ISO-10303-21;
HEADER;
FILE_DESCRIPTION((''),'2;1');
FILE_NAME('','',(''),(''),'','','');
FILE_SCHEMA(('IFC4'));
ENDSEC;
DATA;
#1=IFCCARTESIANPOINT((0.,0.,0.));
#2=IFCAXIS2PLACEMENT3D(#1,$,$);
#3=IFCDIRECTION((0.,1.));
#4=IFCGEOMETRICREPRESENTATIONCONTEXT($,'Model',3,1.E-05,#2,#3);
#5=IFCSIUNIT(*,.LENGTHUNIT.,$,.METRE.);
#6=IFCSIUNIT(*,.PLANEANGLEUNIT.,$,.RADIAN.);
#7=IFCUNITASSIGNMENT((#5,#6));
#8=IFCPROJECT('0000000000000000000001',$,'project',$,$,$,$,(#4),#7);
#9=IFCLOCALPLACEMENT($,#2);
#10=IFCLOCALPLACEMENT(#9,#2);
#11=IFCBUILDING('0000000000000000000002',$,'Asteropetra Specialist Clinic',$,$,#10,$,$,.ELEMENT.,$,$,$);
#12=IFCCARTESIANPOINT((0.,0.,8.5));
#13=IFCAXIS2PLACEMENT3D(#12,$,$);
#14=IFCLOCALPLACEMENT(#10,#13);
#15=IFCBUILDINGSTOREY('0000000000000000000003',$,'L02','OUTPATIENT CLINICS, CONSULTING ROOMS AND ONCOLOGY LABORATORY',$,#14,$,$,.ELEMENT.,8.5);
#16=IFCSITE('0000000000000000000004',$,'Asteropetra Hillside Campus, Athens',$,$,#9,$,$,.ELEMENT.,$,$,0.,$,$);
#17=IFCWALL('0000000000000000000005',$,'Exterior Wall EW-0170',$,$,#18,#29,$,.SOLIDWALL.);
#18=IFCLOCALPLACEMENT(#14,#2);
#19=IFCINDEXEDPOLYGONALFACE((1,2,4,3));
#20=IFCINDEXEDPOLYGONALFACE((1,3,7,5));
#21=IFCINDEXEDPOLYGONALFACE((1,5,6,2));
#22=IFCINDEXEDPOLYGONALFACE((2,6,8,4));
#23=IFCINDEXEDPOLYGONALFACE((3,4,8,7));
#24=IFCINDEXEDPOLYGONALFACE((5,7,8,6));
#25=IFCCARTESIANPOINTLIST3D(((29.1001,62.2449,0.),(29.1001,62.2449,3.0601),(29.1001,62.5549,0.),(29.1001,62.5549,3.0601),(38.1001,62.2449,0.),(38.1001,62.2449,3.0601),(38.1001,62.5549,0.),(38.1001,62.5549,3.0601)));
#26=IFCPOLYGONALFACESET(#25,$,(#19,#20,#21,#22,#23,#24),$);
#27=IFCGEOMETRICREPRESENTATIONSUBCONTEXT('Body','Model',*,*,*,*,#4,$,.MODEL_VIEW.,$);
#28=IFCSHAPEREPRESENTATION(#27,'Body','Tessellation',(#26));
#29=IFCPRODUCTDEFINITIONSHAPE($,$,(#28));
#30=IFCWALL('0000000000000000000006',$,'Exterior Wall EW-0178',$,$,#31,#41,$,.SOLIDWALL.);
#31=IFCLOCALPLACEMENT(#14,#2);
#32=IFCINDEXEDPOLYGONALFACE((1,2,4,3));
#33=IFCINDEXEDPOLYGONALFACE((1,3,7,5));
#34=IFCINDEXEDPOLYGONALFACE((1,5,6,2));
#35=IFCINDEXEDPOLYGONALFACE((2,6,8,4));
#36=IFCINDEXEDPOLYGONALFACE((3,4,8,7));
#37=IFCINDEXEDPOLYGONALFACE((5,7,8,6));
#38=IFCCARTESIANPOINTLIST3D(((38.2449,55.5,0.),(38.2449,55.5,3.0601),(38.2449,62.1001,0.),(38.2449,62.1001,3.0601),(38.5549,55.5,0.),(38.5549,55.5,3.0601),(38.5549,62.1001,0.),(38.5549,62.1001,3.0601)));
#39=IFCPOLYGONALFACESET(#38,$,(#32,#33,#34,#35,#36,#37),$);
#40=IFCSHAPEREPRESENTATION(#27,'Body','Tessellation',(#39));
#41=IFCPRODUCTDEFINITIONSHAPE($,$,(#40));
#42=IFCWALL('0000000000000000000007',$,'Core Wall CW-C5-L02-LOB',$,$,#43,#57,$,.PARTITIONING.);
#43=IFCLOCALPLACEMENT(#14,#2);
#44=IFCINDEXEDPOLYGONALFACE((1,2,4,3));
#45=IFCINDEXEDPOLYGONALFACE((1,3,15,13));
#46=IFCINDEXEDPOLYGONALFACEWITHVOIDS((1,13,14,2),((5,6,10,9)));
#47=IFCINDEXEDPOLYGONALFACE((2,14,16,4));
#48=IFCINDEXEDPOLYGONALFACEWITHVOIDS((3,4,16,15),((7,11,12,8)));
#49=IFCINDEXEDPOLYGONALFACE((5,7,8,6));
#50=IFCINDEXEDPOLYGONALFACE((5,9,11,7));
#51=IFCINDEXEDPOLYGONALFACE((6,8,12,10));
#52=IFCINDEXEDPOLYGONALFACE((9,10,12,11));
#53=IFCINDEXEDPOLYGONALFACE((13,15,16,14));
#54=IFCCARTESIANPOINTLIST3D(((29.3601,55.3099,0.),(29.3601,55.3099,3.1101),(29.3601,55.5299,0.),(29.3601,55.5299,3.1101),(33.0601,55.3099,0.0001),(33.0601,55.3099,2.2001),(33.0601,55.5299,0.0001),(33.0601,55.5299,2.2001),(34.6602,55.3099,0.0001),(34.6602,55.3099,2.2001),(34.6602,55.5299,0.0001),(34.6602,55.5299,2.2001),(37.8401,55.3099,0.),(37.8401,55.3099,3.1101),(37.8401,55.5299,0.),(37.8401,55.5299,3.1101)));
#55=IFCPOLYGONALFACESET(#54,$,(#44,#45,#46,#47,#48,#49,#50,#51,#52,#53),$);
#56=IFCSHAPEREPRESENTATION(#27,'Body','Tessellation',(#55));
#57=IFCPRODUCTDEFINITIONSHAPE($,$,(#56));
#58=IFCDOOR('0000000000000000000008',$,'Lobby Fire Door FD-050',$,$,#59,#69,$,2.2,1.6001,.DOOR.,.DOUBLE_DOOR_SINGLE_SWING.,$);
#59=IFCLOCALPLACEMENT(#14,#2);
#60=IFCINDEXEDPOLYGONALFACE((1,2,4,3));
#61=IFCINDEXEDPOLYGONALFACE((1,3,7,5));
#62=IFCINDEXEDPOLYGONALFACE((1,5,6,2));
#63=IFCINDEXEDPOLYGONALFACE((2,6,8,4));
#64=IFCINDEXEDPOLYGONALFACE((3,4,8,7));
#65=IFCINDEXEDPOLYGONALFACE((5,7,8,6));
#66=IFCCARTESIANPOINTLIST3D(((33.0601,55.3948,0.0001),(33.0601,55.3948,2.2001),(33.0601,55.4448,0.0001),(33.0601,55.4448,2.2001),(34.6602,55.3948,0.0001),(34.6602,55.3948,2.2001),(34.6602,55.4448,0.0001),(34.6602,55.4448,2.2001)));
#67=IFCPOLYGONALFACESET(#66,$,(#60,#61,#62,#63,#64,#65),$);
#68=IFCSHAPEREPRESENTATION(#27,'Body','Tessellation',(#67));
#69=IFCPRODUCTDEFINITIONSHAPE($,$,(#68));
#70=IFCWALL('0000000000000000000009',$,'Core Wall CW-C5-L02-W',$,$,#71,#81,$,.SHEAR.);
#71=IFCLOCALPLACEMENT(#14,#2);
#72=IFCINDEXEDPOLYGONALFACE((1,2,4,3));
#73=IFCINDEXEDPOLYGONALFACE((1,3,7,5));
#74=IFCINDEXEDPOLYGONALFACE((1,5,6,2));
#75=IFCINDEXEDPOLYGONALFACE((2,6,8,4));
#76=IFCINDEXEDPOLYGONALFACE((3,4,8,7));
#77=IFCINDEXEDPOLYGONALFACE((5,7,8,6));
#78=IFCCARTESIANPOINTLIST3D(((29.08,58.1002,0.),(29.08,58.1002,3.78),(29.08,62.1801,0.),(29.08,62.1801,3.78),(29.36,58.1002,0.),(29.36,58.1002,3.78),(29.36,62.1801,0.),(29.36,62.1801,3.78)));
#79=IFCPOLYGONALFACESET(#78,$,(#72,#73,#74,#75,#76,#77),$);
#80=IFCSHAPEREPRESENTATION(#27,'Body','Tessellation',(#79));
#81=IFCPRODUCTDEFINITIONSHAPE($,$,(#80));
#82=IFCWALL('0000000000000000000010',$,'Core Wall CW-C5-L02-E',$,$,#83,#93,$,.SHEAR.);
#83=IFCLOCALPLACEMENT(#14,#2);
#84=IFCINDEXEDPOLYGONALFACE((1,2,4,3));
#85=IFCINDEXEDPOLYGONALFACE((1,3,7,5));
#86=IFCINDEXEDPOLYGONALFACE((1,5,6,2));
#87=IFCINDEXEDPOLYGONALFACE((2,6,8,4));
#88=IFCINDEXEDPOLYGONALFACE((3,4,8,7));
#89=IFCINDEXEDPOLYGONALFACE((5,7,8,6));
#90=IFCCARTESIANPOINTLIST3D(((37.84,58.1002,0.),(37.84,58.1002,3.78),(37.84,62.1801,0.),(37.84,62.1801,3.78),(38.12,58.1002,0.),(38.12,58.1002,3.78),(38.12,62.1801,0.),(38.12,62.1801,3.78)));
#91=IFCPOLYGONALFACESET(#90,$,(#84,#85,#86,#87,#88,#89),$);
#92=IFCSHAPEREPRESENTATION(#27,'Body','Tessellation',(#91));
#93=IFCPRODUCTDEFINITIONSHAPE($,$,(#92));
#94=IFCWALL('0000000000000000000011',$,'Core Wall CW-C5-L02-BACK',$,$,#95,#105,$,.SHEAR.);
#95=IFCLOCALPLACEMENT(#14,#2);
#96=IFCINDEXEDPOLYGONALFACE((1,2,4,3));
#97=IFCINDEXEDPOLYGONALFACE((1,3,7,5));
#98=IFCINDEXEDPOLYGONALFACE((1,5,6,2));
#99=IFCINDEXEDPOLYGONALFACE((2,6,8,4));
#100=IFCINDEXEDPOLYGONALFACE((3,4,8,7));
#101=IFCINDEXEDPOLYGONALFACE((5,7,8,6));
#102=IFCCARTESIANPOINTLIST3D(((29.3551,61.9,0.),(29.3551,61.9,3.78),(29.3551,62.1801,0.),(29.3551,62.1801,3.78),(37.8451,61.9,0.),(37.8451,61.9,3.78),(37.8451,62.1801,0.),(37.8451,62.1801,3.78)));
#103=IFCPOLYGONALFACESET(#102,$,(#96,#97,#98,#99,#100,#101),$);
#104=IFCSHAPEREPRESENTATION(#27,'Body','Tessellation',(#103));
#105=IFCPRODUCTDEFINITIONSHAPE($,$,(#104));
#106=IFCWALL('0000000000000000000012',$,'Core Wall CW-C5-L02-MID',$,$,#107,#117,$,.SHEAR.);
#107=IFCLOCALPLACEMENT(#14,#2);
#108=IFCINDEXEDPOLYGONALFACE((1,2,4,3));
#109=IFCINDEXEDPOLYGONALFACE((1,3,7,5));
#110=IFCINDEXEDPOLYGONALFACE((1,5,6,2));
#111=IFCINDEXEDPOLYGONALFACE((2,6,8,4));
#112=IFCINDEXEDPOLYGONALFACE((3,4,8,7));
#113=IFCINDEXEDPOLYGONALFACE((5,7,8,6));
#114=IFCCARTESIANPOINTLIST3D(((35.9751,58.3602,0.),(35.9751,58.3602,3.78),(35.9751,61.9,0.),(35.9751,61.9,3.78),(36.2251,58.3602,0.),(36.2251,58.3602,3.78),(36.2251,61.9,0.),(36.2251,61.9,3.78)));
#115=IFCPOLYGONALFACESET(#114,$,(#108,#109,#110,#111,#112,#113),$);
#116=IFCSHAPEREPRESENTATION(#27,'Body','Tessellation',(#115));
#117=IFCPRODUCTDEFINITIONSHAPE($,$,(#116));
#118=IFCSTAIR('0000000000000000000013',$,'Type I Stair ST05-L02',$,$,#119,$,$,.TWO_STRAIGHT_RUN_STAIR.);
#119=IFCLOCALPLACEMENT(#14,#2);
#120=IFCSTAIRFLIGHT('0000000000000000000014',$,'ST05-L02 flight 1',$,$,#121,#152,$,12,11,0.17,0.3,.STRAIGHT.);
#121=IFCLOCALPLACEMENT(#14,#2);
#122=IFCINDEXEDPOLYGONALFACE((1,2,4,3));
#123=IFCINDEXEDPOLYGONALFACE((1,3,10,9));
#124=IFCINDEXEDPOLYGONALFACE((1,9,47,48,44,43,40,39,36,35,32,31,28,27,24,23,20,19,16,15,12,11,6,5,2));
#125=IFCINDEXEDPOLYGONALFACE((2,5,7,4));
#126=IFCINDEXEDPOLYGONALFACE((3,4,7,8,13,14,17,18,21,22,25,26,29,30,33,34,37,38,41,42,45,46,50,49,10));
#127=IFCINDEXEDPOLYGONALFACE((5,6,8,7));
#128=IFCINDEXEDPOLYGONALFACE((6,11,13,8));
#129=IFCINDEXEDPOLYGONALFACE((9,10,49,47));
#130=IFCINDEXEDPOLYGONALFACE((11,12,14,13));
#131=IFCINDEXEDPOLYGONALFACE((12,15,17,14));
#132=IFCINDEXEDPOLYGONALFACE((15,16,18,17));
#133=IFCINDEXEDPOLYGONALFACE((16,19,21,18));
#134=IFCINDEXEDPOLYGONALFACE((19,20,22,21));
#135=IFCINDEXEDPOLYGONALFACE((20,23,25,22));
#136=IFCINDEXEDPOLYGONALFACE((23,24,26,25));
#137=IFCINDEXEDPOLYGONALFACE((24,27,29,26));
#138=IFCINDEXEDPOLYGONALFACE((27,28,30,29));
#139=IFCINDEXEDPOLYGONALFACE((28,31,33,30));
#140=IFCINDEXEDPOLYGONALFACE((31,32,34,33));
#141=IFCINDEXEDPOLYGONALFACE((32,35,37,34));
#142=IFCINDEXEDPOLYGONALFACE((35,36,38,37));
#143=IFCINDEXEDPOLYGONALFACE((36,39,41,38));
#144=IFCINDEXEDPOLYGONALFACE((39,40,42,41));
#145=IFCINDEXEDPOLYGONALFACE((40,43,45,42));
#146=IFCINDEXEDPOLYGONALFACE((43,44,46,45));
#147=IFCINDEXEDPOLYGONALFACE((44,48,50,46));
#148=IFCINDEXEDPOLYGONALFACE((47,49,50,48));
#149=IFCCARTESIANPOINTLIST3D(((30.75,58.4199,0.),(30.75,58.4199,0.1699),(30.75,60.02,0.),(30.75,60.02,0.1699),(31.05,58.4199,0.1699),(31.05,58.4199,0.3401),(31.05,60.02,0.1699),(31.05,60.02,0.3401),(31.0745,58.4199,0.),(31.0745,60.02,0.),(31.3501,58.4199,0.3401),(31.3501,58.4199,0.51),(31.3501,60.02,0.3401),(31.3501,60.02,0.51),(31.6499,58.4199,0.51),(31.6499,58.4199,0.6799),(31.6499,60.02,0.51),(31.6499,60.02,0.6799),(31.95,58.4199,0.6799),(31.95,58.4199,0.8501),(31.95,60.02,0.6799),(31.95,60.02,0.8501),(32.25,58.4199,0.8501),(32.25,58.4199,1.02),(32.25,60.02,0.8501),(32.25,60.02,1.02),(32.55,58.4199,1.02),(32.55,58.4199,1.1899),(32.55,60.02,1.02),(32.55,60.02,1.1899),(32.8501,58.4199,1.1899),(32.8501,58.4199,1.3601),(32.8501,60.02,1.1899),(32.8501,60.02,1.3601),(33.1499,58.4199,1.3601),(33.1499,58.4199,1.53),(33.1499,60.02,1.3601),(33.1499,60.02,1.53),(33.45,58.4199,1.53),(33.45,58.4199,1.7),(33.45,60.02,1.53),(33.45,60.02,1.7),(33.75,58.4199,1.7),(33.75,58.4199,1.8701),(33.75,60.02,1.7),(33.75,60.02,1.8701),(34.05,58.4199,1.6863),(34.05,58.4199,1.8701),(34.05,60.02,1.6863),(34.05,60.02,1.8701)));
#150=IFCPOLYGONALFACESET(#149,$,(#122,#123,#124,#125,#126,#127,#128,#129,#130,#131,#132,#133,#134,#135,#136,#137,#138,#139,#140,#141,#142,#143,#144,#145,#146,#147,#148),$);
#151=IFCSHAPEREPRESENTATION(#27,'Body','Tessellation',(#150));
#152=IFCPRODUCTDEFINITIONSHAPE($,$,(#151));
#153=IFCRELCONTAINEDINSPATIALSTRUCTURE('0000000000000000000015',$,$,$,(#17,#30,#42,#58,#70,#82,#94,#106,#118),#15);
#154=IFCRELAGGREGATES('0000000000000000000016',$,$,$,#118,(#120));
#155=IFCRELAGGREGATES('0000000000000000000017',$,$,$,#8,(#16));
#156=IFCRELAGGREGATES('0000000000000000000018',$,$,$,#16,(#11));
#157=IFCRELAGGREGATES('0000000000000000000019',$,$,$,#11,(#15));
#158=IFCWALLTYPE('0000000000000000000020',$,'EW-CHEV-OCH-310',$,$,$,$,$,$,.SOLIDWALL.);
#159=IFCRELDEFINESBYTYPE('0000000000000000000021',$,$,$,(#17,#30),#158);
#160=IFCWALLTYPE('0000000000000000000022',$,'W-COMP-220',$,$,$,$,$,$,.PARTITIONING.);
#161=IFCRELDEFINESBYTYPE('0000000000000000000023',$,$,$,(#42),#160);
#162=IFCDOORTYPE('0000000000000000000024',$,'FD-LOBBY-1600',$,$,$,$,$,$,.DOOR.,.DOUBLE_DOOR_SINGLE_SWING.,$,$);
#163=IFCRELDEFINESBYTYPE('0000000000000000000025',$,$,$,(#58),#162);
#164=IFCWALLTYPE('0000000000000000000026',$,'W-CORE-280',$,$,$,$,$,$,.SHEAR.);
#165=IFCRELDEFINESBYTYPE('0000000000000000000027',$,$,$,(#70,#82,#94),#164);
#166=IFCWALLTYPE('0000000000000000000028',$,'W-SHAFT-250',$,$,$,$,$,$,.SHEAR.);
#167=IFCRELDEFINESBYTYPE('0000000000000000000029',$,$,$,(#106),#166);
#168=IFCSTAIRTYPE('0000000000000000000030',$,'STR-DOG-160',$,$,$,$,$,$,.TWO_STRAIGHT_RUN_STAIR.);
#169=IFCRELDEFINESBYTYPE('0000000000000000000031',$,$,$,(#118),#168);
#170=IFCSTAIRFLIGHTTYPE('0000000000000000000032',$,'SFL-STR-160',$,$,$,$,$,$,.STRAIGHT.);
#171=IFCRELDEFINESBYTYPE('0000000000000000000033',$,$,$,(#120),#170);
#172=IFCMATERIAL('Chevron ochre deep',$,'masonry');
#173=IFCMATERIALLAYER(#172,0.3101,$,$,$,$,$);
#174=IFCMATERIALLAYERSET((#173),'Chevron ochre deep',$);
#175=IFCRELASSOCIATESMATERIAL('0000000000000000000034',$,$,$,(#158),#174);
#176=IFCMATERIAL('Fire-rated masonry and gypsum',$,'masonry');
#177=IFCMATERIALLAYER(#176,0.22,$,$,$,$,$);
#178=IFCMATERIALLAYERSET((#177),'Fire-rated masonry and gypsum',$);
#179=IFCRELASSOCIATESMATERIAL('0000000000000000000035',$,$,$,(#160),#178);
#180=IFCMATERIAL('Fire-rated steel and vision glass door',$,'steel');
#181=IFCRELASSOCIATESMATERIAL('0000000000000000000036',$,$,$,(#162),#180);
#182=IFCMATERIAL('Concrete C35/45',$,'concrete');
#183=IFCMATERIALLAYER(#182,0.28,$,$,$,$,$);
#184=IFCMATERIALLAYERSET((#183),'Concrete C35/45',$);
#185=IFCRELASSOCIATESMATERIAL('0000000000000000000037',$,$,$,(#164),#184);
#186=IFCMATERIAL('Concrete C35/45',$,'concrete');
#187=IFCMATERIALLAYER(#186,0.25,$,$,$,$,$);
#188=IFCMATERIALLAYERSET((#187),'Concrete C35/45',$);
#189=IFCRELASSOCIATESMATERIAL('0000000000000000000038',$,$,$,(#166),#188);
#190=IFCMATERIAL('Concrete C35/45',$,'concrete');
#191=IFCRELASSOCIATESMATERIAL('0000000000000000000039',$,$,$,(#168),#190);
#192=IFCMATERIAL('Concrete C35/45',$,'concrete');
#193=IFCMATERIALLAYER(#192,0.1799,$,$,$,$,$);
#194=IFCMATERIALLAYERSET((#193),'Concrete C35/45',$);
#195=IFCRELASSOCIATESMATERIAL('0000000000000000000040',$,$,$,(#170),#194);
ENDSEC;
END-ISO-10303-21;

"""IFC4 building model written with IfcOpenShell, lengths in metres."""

from ifc_helpers import new_model, si_unit, direction, frame, frame_2d, origin, place, context, subcontext, project, spatial, polyline, rectangle, outline, extrude, material, layer, layer_set, type_object, element, fill, aggregate, save


model = new_model("IFC4")

# Units and contexts
model_context = context("Model", 3, precision=1e-05, world=origin(), true_north=direction((0.0, 1.0)))
body_context = subcontext(model_context, "Body", "Model", "MODEL_VIEW")
ifc_project = project(units=[si_unit("LENGTHUNIT", "METRE"), si_unit("PLANEANGLEUNIT", "RADIAN")], contexts=[model_context])

# Site, building, storey
site_placement = place(None, origin())
site = spatial("IfcSite", under=ifc_project, at=site_placement, Name="Asteropetra Hillside Campus, Athens", CompositionType="ELEMENT", RefElevation=0.0)
building_placement = place(site_placement, origin())
building = spatial("IfcBuilding", under=site, at=building_placement, Name="Asteropetra Specialist Clinic", CompositionType="ELEMENT")
storey_placement = place(building_placement, frame((0.0, 0.0, 8.5)))
storey = spatial("IfcBuildingStorey", under=building, at=storey_placement, Name="L02", Description="OUTPATIENT CLINICS, CONSULTING ROOMS AND ONCOLOGY LABORATORY", CompositionType="ELEMENT", Elevation=8.5)

# Walls
ifc_material_1 = material(Name="Chevron ochre deep", Category="masonry")
ifc_layer_1 = layer(ifc_material_1, 0.3101)
ifc_layer_set_1 = layer_set([ifc_layer_1], Name="Chevron ochre deep")
wall_type_1 = type_object("IfcWallType", Name="EW-CHEV-OCH-310", PredefinedType="SOLIDWALL", material=ifc_layer_set_1)
wall_1_placement = place(storey_placement, frame((38.1001, 62.3999, 0.0), z_axis=(0.0, 0.0, 1.0), x_axis=(-1.0, 0.0, 0.0)))
element("IfcWall", 1, at=wall_1_placement, inside=storey, type_object=wall_type_1, Name="Exterior Wall EW-0170", PredefinedType="SOLIDWALL", context=body_context, shape_type="SweptSolid", body=[
    extrude(rectangle(XDim=9.0, YDim=0.3101, at=frame_2d((4.5, 0.0))), origin(), (0.0, 0.0, 1.0), 3.0601),
])
wall_2_placement = place(storey_placement, frame((38.3999, 55.5, 0.0), z_axis=(0.0, 0.0, 1.0), x_axis=(0.0, 1.0, 0.0)))
element("IfcWall", 2, at=wall_2_placement, inside=storey, type_object=wall_type_1, Name="Exterior Wall EW-0178", PredefinedType="SOLIDWALL", context=body_context, shape_type="SweptSolid", body=[
    extrude(rectangle(XDim=6.6001, YDim=0.3101, at=frame_2d((3.3, 0.0))), origin(), (0.0, 0.0, 1.0), 3.0601),
])

# Wall, opening, door
ifc_material_2 = material(Name="Fire-rated masonry and gypsum", Category="masonry")
ifc_layer_2 = layer(ifc_material_2, 0.22)
ifc_layer_set_2 = layer_set([ifc_layer_2], Name="Fire-rated masonry and gypsum")
wall_type_2 = type_object("IfcWallType", Name="W-COMP-220", PredefinedType="PARTITIONING", material=ifc_layer_set_2)
wall_3_placement = place(storey_placement, frame((29.3601, 55.4199, 0.0), z_axis=(0.0, 0.0, 1.0), x_axis=(1.0, 0.0, 0.0)))
wall_3 = element("IfcWall", 3, at=wall_3_placement, inside=storey, type_object=wall_type_2, Name="Core Wall CW-C5-L02-LOB", PredefinedType="PARTITIONING", context=body_context, shape_type="SweptSolid", body=[
    extrude(rectangle(XDim=8.48, YDim=0.22, at=frame_2d((4.24, 0.0))), origin(), (0.0, 0.0, 1.0), 3.1101),
])
opening_1_placement = place(wall_3_placement, frame((3.7, 0.0, 0.0)))
opening_1 = element("IfcOpeningElement", 4, at=opening_1_placement, cuts=wall_3, PredefinedType="OPENING", context=body_context, shape_type="SweptSolid", body=[
    extrude(rectangle(XDim=1.6001, YDim=2.2, at=frame_2d((0.8, 1.1001))), frame((0.0, 0.1199, 0.0), z_axis=(0.0, -1.0, 0.0), x_axis=(1.0, 0.0, 0.0)), (0.0, 0.0, 1.0), 0.24),
])
ifc_material_3 = material(Name="Fire-rated steel and vision glass door", Category="steel")
door_type_1 = type_object("IfcDoorType", Name="FD-LOBBY-1600", OperationType="DOUBLE_DOOR_SINGLE_SWING", PredefinedType="DOOR", material=ifc_material_3)
door_1_placement = place(opening_1_placement, origin())
door_1 = element("IfcDoor", 5, at=door_1_placement, inside=storey, type_object=door_type_1, Name="Lobby Fire Door FD-050", OperationType="DOUBLE_DOOR_SINGLE_SWING", OverallHeight=2.2, OverallWidth=1.6001, PredefinedType="DOOR", context=body_context, shape_type="SweptSolid", body=[
    extrude(rectangle(XDim=1.6001, YDim=2.2, at=frame_2d((0.8, 1.1001))), frame((0.0, 0.0249, 0.0), z_axis=(0.0, -1.0, 0.0), x_axis=(1.0, 0.0, 0.0)), (0.0, 0.0, 1.0), 0.05),
])
fill(opening_1, door_1)

# Walls
ifc_material_4 = material(Name="Concrete C35/45", Category="concrete")
ifc_layer_3 = layer(ifc_material_4, 0.28)
ifc_layer_set_3 = layer_set([ifc_layer_3], Name="Concrete C35/45")
wall_type_3 = type_object("IfcWallType", Name="W-CORE-280", PredefinedType="SHEAR", material=ifc_layer_set_3)
for number, where, z_axis, x_axis, name in (
    (6, (29.22, 58.1001, 0.0), (0.0, 0.0, 1.0), (0.0, 1.0, 0.0), "Core Wall CW-C5-L02-W"),
    (7, (37.98, 58.1001, 0.0), (0.0, 0.0, 1.0), (0.0, 1.0, 0.0), "Core Wall CW-C5-L02-E"),
):
    element("IfcWall", number, at=place(storey_placement, frame(where, z_axis=z_axis, x_axis=x_axis)), inside=storey, type_object=wall_type_3, Name=name, PredefinedType="SHEAR", context=body_context, shape_type="SweptSolid", body=[
        extrude(rectangle(XDim=4.0798, YDim=0.28, at=frame_2d((2.04, 0.0))), origin(), (0.0, 0.0, 1.0), 3.78),
    ])
wall_4_placement = place(storey_placement, frame((29.355, 62.04, 0.0), z_axis=(0.0, 0.0, 1.0), x_axis=(1.0, 0.0, 0.0)))
element("IfcWall", 8, at=wall_4_placement, inside=storey, type_object=wall_type_3, Name="Core Wall CW-C5-L02-BACK", PredefinedType="SHEAR", context=body_context, shape_type="SweptSolid", body=[
    extrude(rectangle(XDim=8.49, YDim=0.28, at=frame_2d((4.2451, 0.0))), origin(), (0.0, 0.0, 1.0), 3.78),
])
ifc_material_5 = material(Name="Concrete C35/45", Category="concrete")
ifc_layer_4 = layer(ifc_material_5, 0.25)
ifc_layer_set_4 = layer_set([ifc_layer_4], Name="Concrete C35/45")
wall_type_4 = type_object("IfcWallType", Name="W-SHAFT-250", PredefinedType="SHEAR", material=ifc_layer_set_4)
wall_5_placement = place(storey_placement, frame((36.1001, 58.3601, 0.0), z_axis=(0.0, 0.0, 1.0), x_axis=(0.0, 1.0, 0.0)))
element("IfcWall", 9, at=wall_5_placement, inside=storey, type_object=wall_type_4, Name="Core Wall CW-C5-L02-MID", PredefinedType="SHEAR", context=body_context, shape_type="SweptSolid", body=[
    extrude(rectangle(XDim=3.5398, YDim=0.25, at=frame_2d((1.77, 0.0))), origin(), (0.0, 0.0, 1.0), 3.78),
])

# Stair, stair flight
ifc_material_6 = material(Name="Concrete C35/45", Category="concrete")
stair_type = type_object("IfcStairType", Name="STR-DOG-160", PredefinedType="TWO_STRAIGHT_RUN_STAIR", material=ifc_material_6)
stair_placement = place(storey_placement, origin())
stair = element("IfcStair", 10, at=stair_placement, inside=storey, type_object=stair_type, Name="Type I Stair ST05-L02", PredefinedType="TWO_STRAIGHT_RUN_STAIR")
ifc_material_7 = material(Name="Concrete C35/45", Category="concrete")
ifc_layer_5 = layer(ifc_material_7, 0.1799)
ifc_layer_set_5 = layer_set([ifc_layer_5], Name="Concrete C35/45")
stair_flight_type = type_object("IfcStairFlightType", Name="SFL-STR-160", PredefinedType="STRAIGHT", material=ifc_layer_set_5)
stair_flight_1_placement = place(storey_placement, frame((30.75, 59.22, 0.0), z_axis=(0.0, 0.0, 1.0), x_axis=(1.0, 0.0, 0.0)))
stair_flight_1 = element("IfcStairFlight", 11, at=stair_flight_1_placement, type_object=stair_flight_type, Name="ST05-L02 flight 1", NumberOfRisers=12, NumberOfTreads=11, PredefinedType="STRAIGHT", RiserHeight=0.17, TreadLength=0.3, context=body_context, shape_type="SweptSolid", body=[
    extrude(outline(polyline([(0.0, 0.0), (0.0, 0.1699), (0.3, 0.1699), (0.3, 0.3401), (0.6001, 0.3401), (0.6001, 0.51), (0.8999, 0.51), (0.8999, 0.6799), (1.2, 0.6799), (1.2, 0.8501), (1.5, 0.8501), (1.5, 1.02), (1.8, 1.02), (1.8, 1.1899), (2.1001, 1.1899), (2.1001, 1.3601), (2.3999, 1.3601), (2.3999, 1.53), (2.7, 1.53), (2.7, 1.7), (3.0, 1.7), (3.0, 1.8701), (3.3, 1.8701), (3.3, 2.04), (3.3, 1.6863), (0.3245, 0.0), (0.0, 0.0)])), frame((0.0, 0.8, 0.0), z_axis=(0.0, -1.0, 0.0), x_axis=(1.0, 0.0, 0.0)), (0.0, 0.0, 1.0), 1.6001),
])
aggregate(stair, [stair_flight_1])

save(model, "model.ifc")
